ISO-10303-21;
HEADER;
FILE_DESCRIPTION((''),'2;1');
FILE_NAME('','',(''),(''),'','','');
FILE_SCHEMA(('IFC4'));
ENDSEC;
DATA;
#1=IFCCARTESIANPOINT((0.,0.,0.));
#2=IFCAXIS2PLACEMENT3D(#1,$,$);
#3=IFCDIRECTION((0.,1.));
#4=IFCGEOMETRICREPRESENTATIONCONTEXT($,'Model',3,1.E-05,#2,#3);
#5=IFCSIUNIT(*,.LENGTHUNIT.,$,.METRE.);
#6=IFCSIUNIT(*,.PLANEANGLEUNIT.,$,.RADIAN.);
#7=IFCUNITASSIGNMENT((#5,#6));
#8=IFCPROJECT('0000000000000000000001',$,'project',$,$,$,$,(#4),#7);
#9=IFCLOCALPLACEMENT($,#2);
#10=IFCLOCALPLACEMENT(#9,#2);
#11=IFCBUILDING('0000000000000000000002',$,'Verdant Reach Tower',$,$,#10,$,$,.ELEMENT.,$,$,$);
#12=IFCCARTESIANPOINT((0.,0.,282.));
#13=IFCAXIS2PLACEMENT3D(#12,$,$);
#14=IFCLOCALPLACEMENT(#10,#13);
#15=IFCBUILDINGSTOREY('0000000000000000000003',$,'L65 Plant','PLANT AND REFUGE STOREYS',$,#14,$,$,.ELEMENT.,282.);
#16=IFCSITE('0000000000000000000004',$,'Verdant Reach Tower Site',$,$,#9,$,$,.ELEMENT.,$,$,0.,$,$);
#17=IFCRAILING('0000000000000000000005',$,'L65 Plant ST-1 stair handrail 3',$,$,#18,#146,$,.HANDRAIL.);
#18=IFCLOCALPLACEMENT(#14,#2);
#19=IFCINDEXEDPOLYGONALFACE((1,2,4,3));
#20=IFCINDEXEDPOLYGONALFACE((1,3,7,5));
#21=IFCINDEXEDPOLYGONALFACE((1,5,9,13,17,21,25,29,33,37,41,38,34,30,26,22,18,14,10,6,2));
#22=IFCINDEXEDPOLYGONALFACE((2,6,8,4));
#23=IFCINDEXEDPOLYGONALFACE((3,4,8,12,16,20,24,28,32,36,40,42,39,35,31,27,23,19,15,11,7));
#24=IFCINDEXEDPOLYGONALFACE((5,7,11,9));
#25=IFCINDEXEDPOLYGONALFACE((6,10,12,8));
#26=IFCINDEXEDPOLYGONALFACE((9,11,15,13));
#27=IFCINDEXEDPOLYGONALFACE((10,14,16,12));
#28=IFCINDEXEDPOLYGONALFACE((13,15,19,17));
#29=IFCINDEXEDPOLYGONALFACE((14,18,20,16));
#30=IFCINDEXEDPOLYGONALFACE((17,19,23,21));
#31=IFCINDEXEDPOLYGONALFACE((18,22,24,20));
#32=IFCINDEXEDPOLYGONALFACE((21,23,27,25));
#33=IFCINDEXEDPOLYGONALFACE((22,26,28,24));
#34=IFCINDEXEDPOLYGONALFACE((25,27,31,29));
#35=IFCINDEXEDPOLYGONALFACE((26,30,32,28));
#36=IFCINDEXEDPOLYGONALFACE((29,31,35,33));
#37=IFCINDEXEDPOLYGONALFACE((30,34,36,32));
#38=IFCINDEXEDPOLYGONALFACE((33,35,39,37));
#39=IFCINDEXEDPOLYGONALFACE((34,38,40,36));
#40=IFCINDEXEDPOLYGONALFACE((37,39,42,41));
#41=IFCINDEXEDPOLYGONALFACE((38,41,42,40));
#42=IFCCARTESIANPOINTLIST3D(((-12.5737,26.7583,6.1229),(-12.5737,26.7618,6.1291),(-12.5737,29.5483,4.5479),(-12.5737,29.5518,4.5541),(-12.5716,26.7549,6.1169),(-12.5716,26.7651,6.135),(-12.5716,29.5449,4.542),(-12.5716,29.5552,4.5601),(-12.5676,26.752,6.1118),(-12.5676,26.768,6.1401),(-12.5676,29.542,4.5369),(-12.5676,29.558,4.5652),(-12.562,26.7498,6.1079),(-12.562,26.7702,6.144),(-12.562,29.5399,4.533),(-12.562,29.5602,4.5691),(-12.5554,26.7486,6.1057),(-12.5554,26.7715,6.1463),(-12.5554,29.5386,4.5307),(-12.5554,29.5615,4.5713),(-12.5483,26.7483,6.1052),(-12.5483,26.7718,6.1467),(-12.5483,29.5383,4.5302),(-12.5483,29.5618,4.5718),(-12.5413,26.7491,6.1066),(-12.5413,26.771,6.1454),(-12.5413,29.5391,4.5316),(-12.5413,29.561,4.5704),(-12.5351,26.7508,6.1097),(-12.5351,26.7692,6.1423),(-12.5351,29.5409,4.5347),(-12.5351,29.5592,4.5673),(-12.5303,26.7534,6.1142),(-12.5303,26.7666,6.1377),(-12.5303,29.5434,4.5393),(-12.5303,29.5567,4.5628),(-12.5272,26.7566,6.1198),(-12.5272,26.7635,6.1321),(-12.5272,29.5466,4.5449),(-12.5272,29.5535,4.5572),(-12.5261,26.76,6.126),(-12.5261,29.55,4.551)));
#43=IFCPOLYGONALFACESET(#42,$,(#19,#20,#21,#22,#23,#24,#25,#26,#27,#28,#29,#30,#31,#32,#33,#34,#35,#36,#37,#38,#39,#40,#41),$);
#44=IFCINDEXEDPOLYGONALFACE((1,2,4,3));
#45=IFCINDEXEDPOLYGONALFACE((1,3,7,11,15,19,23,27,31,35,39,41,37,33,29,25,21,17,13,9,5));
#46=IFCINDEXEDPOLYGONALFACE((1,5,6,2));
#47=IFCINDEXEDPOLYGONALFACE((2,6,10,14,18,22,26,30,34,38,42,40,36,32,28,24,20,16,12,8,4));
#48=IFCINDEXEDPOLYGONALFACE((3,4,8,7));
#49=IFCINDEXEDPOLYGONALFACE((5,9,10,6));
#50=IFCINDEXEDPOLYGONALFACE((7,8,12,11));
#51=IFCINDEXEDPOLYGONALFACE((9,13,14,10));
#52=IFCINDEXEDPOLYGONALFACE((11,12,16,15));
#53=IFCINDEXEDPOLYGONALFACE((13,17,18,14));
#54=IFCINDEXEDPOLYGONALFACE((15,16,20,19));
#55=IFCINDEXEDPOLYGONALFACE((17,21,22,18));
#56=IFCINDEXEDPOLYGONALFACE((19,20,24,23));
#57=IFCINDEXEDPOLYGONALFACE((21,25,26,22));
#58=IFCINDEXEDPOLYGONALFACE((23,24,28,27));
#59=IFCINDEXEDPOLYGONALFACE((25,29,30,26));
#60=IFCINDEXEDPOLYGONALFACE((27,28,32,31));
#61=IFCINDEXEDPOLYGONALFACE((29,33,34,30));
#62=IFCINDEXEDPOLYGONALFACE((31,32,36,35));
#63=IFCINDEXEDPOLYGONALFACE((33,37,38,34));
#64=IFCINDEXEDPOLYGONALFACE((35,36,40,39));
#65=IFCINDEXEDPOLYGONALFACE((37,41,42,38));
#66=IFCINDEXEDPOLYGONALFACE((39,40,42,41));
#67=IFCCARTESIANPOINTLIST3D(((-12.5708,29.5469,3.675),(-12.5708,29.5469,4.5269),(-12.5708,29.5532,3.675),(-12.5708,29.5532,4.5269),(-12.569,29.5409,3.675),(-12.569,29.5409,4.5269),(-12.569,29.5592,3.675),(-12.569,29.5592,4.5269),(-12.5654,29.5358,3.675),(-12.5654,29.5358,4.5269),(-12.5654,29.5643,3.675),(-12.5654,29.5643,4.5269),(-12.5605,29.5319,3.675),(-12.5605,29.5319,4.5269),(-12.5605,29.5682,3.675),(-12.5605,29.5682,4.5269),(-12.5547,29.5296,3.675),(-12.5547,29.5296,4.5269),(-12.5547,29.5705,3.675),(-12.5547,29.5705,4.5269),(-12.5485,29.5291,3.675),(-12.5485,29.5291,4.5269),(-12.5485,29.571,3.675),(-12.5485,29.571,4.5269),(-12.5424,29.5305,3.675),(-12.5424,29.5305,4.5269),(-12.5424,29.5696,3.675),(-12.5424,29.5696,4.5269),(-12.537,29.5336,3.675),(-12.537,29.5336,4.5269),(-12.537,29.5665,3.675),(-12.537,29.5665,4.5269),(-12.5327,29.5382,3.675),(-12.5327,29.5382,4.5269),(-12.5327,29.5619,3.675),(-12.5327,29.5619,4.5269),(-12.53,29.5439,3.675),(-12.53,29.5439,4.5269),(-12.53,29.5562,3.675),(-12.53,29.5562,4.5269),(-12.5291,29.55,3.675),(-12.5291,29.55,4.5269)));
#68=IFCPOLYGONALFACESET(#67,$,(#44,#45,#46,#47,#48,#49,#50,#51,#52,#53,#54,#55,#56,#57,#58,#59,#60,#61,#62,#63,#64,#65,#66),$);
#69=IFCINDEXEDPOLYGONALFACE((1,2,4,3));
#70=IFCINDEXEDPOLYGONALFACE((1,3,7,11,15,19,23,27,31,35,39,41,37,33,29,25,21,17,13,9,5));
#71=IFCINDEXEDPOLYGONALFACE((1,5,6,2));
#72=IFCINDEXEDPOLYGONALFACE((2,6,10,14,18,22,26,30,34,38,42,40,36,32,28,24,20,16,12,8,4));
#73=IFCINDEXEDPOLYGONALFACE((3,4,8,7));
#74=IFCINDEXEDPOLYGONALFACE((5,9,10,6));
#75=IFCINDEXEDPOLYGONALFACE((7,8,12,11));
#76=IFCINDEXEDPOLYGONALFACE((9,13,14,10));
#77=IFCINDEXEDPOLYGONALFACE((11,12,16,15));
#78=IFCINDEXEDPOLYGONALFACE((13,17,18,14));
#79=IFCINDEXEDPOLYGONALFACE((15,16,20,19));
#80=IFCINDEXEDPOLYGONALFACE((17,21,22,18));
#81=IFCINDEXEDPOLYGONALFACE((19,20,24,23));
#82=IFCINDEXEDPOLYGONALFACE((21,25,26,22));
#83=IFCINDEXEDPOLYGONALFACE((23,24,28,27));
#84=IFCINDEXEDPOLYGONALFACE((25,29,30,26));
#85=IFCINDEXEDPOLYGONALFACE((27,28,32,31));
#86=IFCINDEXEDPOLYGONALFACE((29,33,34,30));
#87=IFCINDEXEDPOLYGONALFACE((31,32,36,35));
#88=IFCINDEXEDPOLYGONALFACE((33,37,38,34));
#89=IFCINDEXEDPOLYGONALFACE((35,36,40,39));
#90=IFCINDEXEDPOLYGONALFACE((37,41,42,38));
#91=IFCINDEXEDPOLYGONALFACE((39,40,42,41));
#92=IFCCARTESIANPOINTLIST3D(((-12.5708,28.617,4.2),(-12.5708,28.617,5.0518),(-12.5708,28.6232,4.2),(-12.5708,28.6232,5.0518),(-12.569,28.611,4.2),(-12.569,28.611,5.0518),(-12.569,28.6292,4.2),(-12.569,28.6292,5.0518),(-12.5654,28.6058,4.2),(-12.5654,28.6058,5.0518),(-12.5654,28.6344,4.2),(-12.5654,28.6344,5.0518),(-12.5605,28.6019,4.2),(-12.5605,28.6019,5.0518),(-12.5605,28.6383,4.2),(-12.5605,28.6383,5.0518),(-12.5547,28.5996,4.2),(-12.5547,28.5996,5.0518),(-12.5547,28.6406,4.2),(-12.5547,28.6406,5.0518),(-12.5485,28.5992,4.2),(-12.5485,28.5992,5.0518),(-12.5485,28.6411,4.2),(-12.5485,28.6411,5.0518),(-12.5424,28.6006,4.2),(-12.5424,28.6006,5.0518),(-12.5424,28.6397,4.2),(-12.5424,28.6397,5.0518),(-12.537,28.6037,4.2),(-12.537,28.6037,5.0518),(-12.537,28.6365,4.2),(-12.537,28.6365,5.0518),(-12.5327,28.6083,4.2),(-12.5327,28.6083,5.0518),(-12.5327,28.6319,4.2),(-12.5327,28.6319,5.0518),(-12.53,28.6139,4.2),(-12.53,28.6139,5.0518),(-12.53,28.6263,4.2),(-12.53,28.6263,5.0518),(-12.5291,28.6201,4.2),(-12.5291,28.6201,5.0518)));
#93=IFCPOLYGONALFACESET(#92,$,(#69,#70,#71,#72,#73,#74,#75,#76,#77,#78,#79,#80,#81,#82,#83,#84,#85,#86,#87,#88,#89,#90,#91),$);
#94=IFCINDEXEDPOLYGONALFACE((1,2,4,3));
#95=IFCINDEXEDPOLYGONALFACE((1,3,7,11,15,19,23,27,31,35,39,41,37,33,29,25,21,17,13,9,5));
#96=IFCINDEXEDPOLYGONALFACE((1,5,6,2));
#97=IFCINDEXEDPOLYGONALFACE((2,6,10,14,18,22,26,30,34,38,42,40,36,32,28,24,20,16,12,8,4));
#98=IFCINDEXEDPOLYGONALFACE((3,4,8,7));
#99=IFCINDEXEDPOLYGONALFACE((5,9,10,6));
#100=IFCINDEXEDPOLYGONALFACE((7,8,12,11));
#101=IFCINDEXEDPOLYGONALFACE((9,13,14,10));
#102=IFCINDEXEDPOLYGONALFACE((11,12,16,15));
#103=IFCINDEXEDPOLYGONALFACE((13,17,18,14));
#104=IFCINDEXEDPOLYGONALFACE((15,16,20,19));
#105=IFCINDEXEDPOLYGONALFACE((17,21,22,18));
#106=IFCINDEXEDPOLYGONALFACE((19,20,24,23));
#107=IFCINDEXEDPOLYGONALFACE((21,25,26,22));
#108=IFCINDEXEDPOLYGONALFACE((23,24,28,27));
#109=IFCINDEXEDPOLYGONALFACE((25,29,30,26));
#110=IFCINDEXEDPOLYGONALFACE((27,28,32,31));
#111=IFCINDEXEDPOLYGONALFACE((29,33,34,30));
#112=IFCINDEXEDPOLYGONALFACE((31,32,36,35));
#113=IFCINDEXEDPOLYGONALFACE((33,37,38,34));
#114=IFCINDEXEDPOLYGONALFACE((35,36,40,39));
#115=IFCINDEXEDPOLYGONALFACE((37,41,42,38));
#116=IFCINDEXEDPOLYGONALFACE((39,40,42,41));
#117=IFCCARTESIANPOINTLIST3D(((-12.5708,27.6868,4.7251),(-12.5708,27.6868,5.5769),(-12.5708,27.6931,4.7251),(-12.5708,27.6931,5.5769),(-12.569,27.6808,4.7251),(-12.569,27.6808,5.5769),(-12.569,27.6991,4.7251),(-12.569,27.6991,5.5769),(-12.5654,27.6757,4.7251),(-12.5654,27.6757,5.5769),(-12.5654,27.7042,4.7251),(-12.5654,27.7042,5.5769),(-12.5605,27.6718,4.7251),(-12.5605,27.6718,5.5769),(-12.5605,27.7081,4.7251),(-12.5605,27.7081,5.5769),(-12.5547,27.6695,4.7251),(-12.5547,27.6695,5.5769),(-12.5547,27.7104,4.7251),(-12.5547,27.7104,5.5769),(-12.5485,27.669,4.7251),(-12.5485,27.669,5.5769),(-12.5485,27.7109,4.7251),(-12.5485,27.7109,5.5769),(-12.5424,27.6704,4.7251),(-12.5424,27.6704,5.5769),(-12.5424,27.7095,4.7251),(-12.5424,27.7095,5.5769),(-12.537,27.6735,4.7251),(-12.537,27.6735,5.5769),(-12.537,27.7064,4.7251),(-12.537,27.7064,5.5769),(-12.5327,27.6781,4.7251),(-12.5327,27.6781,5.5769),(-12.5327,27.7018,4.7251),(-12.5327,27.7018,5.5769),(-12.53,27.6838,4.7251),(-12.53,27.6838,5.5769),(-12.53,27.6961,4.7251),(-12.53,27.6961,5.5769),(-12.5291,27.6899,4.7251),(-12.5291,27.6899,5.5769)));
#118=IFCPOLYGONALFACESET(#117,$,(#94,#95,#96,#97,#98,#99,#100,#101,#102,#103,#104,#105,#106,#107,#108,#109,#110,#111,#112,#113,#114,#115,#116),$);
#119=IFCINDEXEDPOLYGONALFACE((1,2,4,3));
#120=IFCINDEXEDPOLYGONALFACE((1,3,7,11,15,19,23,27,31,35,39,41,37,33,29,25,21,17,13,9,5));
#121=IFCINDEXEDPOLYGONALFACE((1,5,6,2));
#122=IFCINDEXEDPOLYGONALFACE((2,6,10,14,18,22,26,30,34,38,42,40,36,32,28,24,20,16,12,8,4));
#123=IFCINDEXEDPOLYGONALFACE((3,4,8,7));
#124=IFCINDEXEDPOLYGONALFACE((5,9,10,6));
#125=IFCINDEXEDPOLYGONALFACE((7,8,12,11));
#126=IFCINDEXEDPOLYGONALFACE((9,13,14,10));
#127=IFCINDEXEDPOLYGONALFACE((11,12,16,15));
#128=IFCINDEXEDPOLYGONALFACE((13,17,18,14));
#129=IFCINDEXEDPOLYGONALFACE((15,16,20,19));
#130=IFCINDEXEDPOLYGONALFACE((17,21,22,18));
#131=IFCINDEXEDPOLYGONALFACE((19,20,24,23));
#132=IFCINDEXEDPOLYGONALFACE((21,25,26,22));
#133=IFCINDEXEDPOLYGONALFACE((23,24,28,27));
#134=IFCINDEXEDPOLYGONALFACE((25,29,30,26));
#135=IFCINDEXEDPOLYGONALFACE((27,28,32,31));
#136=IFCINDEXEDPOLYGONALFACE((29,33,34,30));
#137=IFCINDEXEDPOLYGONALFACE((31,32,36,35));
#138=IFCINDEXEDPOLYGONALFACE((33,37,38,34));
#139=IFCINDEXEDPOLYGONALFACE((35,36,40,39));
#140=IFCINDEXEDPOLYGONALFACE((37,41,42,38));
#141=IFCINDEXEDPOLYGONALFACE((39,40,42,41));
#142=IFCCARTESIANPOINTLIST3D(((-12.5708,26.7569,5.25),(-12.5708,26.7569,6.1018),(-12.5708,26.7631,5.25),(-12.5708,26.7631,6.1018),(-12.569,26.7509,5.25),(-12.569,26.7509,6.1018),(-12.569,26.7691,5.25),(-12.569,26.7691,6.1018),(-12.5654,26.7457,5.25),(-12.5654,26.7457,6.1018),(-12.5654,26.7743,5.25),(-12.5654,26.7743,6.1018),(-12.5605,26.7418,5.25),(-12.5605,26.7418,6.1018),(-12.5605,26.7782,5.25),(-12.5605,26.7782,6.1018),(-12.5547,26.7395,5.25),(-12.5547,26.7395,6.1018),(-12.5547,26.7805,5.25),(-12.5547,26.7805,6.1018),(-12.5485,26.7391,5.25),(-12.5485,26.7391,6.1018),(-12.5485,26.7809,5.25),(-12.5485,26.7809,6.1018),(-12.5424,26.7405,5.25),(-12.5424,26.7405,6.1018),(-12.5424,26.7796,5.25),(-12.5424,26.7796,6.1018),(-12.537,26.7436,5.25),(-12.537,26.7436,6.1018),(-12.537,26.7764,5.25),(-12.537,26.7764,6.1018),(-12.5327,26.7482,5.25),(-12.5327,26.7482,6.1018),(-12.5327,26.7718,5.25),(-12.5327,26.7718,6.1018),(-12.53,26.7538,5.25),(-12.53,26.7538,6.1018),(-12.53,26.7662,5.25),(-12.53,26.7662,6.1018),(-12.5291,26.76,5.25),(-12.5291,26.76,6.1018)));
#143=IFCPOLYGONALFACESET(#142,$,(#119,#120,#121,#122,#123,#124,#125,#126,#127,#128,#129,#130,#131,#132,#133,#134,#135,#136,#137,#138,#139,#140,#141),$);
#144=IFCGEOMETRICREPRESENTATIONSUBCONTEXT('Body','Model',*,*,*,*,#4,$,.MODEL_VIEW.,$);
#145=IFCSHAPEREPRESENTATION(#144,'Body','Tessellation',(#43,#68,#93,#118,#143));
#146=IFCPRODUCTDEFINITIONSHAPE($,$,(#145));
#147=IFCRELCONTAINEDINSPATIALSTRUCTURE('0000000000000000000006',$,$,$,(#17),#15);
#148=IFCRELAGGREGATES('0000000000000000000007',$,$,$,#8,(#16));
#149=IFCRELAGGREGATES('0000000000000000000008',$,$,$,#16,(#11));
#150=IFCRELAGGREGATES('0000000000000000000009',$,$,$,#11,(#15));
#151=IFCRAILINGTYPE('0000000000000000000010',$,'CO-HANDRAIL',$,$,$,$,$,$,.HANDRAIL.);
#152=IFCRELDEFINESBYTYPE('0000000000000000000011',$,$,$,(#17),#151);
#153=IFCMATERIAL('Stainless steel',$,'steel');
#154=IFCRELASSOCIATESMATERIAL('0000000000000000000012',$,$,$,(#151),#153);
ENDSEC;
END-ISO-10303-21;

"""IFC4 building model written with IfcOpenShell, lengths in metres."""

from ifc_helpers import new_model, si_unit, direction, frame, origin, origin_2d, place, context, subcontext, project, spatial, circle, extrude, material, type_object, element, save


model = new_model("IFC4")

# Units and contexts
model_context = context("Model", 3, precision=1e-05, world=origin(), true_north=direction((0.0, 1.0)))
body_context = subcontext(model_context, "Body", "Model", "MODEL_VIEW")
ifc_project = project(units=[si_unit("LENGTHUNIT", "METRE"), si_unit("PLANEANGLEUNIT", "RADIAN")], contexts=[model_context])

# Site, building, storey
site_placement = place(None, origin())
site = spatial("IfcSite", under=ifc_project, at=site_placement, Name="Verdant Reach Tower Site", CompositionType="ELEMENT", RefElevation=0.0)
building_placement = place(site_placement, origin())
building = spatial("IfcBuilding", under=site, at=building_placement, Name="Verdant Reach Tower", CompositionType="ELEMENT")
storey_placement = place(building_placement, frame((0.0, 0.0, 282.0)))
storey = spatial("IfcBuildingStorey", under=building, at=storey_placement, Name="L65 Plant", Description="PLANT AND REFUGE STOREYS", CompositionType="ELEMENT", Elevation=282.0)

# Shared definitions
ifc_material_1 = material(Name="Stainless steel", Category="steel")

# Railing
railing_type_1 = type_object("IfcRailingType", Name="CO-HANDRAIL", PredefinedType="HANDRAIL", material=ifc_material_1)
for number, where, name in (
    (1, (-12.55, 29.55, 3.675), "L65 Plant ST-1 stair handrail 3"),
):
    element("IfcRailing", number, at=place(storey_placement, frame(where)), inside=storey, type_object=railing_type_1, Name=name, PredefinedType="HANDRAIL", context=body_context, shape_type="SweptSolid", body=[
        extrude(circle(Radius=0.0239, at=origin_2d()), frame((0.0, 0.0, 0.876), z_axis=(0.0, -0.870834, 0.491578), x_axis=(1.0, 0.0, 0.0)), (0.0, 0.0, 1.0), 3.2039),
        extrude(circle(Radius=0.021, at=origin_2d()), origin(), (0.0, 0.0, 1.0), 0.8518),
        extrude(circle(Radius=0.021, at=origin_2d()), frame((0.0, -0.9299, 0.5249)), (0.0, 0.0, 1.0), 0.8518),
        extrude(circle(Radius=0.021, at=origin_2d()), frame((0.0, -1.8601, 1.05)), (0.0, 0.0, 1.0), 0.8518),
        extrude(circle(Radius=0.021, at=origin_2d()), frame((0.0, -2.79, 1.575)), (0.0, 0.0, 1.0), 0.8518),
    ])

save(model, "model.ifc")
